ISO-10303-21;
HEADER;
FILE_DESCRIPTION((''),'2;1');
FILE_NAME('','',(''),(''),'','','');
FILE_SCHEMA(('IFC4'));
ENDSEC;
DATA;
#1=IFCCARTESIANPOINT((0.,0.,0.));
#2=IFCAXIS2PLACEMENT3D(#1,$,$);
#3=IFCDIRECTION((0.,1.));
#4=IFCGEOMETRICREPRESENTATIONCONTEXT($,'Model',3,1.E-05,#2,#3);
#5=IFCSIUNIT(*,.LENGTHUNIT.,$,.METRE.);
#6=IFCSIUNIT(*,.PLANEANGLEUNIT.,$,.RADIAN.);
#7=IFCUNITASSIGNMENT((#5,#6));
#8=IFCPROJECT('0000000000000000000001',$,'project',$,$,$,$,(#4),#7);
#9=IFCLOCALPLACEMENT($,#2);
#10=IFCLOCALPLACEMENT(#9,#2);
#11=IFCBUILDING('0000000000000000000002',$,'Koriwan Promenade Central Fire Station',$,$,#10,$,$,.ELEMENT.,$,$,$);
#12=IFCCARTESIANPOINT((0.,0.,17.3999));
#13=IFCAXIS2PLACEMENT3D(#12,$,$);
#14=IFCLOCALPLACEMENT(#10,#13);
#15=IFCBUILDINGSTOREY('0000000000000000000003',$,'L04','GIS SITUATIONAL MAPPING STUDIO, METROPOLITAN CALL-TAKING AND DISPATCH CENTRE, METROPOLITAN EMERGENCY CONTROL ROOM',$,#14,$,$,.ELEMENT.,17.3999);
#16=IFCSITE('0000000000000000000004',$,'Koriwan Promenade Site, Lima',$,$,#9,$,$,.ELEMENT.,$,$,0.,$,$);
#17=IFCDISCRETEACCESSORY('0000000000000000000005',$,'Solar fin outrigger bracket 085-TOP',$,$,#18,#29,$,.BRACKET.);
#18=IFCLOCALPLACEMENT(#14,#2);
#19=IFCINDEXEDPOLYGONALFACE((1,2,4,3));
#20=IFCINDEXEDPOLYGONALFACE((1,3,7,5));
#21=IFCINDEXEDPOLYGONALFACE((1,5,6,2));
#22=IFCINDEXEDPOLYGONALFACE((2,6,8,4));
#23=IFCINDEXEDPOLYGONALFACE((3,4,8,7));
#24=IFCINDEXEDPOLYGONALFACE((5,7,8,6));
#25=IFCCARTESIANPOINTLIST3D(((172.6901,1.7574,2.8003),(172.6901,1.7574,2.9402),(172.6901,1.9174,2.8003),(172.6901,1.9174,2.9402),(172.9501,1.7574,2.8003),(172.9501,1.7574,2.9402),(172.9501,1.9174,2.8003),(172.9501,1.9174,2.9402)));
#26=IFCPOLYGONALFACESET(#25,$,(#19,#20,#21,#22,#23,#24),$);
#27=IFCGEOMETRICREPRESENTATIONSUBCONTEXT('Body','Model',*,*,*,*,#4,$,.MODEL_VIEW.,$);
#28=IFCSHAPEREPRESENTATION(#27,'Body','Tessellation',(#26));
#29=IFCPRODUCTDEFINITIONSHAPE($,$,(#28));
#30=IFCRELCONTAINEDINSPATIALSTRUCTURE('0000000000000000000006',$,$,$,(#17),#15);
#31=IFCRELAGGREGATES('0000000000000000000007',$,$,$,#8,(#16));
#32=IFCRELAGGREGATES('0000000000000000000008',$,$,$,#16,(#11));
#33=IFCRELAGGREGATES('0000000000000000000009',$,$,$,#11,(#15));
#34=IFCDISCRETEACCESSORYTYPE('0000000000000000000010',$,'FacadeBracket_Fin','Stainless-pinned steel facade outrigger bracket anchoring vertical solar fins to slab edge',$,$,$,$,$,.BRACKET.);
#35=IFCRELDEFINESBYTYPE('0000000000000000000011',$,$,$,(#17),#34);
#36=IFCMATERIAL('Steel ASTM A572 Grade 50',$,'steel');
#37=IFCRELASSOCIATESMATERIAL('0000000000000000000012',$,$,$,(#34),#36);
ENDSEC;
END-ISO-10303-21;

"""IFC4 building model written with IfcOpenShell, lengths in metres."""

from ifc_helpers import new_model, si_unit, direction, frame, origin, origin_2d, place, context, subcontext, project, spatial, rectangle, extrude, material, type_object, element, save


model = new_model("IFC4")

# Units and contexts
model_context = context("Model", 3, precision=1e-05, world=origin(), true_north=direction((0.0, 1.0)))
body_context = subcontext(model_context, "Body", "Model", "MODEL_VIEW")
ifc_project = project(units=[si_unit("LENGTHUNIT", "METRE"), si_unit("PLANEANGLEUNIT", "RADIAN")], contexts=[model_context])

# Site, building, storey
site_placement = place(None, origin())
site = spatial("IfcSite", under=ifc_project, at=site_placement, Name="Koriwan Promenade Site, Lima", CompositionType="ELEMENT", RefElevation=0.0)
building_placement = place(site_placement, origin())
building = spatial("IfcBuilding", under=site, at=building_placement, Name="Koriwan Promenade Central Fire Station", CompositionType="ELEMENT")
storey_placement = place(building_placement, frame((0.0, 0.0, 17.3999)))
storey = spatial("IfcBuildingStorey", under=building, at=storey_placement, Name="L04", Description="GIS SITUATIONAL MAPPING STUDIO, METROPOLITAN CALL-TAKING AND DISPATCH CENTRE, METROPOLITAN EMERGENCY CONTROL ROOM", CompositionType="ELEMENT", Elevation=17.3999)

# Discrete accessory
ifc_material_1 = material(Name="Steel ASTM A572 Grade 50", Category="steel")
discrete_accessory_type = type_object("IfcDiscreteAccessoryType", Name="FacadeBracket_Fin", Description="Stainless-pinned steel facade outrigger bracket anchoring vertical solar fins to slab edge", PredefinedType="BRACKET", material=ifc_material_1)
for number, where, z_axis, x_axis, name in (
    (1, (172.8201, 1.8374, 2.8003), (0.0, 0.0, 1.0), (1.0, 0.0, 0.0), "Solar fin outrigger bracket 085-TOP"),
):
    element("IfcDiscreteAccessory", number, at=place(storey_placement, frame(where, z_axis=z_axis, x_axis=x_axis)), inside=storey, type_object=discrete_accessory_type, Name=name, PredefinedType="BRACKET", context=body_context, shape_type="SweptSolid", body=[
        extrude(rectangle(XDim=0.26, YDim=0.1599, at=origin_2d()), origin(), (0.0, 0.0, 1.0), 0.1399),
    ])

save(model, "model.ifc")
